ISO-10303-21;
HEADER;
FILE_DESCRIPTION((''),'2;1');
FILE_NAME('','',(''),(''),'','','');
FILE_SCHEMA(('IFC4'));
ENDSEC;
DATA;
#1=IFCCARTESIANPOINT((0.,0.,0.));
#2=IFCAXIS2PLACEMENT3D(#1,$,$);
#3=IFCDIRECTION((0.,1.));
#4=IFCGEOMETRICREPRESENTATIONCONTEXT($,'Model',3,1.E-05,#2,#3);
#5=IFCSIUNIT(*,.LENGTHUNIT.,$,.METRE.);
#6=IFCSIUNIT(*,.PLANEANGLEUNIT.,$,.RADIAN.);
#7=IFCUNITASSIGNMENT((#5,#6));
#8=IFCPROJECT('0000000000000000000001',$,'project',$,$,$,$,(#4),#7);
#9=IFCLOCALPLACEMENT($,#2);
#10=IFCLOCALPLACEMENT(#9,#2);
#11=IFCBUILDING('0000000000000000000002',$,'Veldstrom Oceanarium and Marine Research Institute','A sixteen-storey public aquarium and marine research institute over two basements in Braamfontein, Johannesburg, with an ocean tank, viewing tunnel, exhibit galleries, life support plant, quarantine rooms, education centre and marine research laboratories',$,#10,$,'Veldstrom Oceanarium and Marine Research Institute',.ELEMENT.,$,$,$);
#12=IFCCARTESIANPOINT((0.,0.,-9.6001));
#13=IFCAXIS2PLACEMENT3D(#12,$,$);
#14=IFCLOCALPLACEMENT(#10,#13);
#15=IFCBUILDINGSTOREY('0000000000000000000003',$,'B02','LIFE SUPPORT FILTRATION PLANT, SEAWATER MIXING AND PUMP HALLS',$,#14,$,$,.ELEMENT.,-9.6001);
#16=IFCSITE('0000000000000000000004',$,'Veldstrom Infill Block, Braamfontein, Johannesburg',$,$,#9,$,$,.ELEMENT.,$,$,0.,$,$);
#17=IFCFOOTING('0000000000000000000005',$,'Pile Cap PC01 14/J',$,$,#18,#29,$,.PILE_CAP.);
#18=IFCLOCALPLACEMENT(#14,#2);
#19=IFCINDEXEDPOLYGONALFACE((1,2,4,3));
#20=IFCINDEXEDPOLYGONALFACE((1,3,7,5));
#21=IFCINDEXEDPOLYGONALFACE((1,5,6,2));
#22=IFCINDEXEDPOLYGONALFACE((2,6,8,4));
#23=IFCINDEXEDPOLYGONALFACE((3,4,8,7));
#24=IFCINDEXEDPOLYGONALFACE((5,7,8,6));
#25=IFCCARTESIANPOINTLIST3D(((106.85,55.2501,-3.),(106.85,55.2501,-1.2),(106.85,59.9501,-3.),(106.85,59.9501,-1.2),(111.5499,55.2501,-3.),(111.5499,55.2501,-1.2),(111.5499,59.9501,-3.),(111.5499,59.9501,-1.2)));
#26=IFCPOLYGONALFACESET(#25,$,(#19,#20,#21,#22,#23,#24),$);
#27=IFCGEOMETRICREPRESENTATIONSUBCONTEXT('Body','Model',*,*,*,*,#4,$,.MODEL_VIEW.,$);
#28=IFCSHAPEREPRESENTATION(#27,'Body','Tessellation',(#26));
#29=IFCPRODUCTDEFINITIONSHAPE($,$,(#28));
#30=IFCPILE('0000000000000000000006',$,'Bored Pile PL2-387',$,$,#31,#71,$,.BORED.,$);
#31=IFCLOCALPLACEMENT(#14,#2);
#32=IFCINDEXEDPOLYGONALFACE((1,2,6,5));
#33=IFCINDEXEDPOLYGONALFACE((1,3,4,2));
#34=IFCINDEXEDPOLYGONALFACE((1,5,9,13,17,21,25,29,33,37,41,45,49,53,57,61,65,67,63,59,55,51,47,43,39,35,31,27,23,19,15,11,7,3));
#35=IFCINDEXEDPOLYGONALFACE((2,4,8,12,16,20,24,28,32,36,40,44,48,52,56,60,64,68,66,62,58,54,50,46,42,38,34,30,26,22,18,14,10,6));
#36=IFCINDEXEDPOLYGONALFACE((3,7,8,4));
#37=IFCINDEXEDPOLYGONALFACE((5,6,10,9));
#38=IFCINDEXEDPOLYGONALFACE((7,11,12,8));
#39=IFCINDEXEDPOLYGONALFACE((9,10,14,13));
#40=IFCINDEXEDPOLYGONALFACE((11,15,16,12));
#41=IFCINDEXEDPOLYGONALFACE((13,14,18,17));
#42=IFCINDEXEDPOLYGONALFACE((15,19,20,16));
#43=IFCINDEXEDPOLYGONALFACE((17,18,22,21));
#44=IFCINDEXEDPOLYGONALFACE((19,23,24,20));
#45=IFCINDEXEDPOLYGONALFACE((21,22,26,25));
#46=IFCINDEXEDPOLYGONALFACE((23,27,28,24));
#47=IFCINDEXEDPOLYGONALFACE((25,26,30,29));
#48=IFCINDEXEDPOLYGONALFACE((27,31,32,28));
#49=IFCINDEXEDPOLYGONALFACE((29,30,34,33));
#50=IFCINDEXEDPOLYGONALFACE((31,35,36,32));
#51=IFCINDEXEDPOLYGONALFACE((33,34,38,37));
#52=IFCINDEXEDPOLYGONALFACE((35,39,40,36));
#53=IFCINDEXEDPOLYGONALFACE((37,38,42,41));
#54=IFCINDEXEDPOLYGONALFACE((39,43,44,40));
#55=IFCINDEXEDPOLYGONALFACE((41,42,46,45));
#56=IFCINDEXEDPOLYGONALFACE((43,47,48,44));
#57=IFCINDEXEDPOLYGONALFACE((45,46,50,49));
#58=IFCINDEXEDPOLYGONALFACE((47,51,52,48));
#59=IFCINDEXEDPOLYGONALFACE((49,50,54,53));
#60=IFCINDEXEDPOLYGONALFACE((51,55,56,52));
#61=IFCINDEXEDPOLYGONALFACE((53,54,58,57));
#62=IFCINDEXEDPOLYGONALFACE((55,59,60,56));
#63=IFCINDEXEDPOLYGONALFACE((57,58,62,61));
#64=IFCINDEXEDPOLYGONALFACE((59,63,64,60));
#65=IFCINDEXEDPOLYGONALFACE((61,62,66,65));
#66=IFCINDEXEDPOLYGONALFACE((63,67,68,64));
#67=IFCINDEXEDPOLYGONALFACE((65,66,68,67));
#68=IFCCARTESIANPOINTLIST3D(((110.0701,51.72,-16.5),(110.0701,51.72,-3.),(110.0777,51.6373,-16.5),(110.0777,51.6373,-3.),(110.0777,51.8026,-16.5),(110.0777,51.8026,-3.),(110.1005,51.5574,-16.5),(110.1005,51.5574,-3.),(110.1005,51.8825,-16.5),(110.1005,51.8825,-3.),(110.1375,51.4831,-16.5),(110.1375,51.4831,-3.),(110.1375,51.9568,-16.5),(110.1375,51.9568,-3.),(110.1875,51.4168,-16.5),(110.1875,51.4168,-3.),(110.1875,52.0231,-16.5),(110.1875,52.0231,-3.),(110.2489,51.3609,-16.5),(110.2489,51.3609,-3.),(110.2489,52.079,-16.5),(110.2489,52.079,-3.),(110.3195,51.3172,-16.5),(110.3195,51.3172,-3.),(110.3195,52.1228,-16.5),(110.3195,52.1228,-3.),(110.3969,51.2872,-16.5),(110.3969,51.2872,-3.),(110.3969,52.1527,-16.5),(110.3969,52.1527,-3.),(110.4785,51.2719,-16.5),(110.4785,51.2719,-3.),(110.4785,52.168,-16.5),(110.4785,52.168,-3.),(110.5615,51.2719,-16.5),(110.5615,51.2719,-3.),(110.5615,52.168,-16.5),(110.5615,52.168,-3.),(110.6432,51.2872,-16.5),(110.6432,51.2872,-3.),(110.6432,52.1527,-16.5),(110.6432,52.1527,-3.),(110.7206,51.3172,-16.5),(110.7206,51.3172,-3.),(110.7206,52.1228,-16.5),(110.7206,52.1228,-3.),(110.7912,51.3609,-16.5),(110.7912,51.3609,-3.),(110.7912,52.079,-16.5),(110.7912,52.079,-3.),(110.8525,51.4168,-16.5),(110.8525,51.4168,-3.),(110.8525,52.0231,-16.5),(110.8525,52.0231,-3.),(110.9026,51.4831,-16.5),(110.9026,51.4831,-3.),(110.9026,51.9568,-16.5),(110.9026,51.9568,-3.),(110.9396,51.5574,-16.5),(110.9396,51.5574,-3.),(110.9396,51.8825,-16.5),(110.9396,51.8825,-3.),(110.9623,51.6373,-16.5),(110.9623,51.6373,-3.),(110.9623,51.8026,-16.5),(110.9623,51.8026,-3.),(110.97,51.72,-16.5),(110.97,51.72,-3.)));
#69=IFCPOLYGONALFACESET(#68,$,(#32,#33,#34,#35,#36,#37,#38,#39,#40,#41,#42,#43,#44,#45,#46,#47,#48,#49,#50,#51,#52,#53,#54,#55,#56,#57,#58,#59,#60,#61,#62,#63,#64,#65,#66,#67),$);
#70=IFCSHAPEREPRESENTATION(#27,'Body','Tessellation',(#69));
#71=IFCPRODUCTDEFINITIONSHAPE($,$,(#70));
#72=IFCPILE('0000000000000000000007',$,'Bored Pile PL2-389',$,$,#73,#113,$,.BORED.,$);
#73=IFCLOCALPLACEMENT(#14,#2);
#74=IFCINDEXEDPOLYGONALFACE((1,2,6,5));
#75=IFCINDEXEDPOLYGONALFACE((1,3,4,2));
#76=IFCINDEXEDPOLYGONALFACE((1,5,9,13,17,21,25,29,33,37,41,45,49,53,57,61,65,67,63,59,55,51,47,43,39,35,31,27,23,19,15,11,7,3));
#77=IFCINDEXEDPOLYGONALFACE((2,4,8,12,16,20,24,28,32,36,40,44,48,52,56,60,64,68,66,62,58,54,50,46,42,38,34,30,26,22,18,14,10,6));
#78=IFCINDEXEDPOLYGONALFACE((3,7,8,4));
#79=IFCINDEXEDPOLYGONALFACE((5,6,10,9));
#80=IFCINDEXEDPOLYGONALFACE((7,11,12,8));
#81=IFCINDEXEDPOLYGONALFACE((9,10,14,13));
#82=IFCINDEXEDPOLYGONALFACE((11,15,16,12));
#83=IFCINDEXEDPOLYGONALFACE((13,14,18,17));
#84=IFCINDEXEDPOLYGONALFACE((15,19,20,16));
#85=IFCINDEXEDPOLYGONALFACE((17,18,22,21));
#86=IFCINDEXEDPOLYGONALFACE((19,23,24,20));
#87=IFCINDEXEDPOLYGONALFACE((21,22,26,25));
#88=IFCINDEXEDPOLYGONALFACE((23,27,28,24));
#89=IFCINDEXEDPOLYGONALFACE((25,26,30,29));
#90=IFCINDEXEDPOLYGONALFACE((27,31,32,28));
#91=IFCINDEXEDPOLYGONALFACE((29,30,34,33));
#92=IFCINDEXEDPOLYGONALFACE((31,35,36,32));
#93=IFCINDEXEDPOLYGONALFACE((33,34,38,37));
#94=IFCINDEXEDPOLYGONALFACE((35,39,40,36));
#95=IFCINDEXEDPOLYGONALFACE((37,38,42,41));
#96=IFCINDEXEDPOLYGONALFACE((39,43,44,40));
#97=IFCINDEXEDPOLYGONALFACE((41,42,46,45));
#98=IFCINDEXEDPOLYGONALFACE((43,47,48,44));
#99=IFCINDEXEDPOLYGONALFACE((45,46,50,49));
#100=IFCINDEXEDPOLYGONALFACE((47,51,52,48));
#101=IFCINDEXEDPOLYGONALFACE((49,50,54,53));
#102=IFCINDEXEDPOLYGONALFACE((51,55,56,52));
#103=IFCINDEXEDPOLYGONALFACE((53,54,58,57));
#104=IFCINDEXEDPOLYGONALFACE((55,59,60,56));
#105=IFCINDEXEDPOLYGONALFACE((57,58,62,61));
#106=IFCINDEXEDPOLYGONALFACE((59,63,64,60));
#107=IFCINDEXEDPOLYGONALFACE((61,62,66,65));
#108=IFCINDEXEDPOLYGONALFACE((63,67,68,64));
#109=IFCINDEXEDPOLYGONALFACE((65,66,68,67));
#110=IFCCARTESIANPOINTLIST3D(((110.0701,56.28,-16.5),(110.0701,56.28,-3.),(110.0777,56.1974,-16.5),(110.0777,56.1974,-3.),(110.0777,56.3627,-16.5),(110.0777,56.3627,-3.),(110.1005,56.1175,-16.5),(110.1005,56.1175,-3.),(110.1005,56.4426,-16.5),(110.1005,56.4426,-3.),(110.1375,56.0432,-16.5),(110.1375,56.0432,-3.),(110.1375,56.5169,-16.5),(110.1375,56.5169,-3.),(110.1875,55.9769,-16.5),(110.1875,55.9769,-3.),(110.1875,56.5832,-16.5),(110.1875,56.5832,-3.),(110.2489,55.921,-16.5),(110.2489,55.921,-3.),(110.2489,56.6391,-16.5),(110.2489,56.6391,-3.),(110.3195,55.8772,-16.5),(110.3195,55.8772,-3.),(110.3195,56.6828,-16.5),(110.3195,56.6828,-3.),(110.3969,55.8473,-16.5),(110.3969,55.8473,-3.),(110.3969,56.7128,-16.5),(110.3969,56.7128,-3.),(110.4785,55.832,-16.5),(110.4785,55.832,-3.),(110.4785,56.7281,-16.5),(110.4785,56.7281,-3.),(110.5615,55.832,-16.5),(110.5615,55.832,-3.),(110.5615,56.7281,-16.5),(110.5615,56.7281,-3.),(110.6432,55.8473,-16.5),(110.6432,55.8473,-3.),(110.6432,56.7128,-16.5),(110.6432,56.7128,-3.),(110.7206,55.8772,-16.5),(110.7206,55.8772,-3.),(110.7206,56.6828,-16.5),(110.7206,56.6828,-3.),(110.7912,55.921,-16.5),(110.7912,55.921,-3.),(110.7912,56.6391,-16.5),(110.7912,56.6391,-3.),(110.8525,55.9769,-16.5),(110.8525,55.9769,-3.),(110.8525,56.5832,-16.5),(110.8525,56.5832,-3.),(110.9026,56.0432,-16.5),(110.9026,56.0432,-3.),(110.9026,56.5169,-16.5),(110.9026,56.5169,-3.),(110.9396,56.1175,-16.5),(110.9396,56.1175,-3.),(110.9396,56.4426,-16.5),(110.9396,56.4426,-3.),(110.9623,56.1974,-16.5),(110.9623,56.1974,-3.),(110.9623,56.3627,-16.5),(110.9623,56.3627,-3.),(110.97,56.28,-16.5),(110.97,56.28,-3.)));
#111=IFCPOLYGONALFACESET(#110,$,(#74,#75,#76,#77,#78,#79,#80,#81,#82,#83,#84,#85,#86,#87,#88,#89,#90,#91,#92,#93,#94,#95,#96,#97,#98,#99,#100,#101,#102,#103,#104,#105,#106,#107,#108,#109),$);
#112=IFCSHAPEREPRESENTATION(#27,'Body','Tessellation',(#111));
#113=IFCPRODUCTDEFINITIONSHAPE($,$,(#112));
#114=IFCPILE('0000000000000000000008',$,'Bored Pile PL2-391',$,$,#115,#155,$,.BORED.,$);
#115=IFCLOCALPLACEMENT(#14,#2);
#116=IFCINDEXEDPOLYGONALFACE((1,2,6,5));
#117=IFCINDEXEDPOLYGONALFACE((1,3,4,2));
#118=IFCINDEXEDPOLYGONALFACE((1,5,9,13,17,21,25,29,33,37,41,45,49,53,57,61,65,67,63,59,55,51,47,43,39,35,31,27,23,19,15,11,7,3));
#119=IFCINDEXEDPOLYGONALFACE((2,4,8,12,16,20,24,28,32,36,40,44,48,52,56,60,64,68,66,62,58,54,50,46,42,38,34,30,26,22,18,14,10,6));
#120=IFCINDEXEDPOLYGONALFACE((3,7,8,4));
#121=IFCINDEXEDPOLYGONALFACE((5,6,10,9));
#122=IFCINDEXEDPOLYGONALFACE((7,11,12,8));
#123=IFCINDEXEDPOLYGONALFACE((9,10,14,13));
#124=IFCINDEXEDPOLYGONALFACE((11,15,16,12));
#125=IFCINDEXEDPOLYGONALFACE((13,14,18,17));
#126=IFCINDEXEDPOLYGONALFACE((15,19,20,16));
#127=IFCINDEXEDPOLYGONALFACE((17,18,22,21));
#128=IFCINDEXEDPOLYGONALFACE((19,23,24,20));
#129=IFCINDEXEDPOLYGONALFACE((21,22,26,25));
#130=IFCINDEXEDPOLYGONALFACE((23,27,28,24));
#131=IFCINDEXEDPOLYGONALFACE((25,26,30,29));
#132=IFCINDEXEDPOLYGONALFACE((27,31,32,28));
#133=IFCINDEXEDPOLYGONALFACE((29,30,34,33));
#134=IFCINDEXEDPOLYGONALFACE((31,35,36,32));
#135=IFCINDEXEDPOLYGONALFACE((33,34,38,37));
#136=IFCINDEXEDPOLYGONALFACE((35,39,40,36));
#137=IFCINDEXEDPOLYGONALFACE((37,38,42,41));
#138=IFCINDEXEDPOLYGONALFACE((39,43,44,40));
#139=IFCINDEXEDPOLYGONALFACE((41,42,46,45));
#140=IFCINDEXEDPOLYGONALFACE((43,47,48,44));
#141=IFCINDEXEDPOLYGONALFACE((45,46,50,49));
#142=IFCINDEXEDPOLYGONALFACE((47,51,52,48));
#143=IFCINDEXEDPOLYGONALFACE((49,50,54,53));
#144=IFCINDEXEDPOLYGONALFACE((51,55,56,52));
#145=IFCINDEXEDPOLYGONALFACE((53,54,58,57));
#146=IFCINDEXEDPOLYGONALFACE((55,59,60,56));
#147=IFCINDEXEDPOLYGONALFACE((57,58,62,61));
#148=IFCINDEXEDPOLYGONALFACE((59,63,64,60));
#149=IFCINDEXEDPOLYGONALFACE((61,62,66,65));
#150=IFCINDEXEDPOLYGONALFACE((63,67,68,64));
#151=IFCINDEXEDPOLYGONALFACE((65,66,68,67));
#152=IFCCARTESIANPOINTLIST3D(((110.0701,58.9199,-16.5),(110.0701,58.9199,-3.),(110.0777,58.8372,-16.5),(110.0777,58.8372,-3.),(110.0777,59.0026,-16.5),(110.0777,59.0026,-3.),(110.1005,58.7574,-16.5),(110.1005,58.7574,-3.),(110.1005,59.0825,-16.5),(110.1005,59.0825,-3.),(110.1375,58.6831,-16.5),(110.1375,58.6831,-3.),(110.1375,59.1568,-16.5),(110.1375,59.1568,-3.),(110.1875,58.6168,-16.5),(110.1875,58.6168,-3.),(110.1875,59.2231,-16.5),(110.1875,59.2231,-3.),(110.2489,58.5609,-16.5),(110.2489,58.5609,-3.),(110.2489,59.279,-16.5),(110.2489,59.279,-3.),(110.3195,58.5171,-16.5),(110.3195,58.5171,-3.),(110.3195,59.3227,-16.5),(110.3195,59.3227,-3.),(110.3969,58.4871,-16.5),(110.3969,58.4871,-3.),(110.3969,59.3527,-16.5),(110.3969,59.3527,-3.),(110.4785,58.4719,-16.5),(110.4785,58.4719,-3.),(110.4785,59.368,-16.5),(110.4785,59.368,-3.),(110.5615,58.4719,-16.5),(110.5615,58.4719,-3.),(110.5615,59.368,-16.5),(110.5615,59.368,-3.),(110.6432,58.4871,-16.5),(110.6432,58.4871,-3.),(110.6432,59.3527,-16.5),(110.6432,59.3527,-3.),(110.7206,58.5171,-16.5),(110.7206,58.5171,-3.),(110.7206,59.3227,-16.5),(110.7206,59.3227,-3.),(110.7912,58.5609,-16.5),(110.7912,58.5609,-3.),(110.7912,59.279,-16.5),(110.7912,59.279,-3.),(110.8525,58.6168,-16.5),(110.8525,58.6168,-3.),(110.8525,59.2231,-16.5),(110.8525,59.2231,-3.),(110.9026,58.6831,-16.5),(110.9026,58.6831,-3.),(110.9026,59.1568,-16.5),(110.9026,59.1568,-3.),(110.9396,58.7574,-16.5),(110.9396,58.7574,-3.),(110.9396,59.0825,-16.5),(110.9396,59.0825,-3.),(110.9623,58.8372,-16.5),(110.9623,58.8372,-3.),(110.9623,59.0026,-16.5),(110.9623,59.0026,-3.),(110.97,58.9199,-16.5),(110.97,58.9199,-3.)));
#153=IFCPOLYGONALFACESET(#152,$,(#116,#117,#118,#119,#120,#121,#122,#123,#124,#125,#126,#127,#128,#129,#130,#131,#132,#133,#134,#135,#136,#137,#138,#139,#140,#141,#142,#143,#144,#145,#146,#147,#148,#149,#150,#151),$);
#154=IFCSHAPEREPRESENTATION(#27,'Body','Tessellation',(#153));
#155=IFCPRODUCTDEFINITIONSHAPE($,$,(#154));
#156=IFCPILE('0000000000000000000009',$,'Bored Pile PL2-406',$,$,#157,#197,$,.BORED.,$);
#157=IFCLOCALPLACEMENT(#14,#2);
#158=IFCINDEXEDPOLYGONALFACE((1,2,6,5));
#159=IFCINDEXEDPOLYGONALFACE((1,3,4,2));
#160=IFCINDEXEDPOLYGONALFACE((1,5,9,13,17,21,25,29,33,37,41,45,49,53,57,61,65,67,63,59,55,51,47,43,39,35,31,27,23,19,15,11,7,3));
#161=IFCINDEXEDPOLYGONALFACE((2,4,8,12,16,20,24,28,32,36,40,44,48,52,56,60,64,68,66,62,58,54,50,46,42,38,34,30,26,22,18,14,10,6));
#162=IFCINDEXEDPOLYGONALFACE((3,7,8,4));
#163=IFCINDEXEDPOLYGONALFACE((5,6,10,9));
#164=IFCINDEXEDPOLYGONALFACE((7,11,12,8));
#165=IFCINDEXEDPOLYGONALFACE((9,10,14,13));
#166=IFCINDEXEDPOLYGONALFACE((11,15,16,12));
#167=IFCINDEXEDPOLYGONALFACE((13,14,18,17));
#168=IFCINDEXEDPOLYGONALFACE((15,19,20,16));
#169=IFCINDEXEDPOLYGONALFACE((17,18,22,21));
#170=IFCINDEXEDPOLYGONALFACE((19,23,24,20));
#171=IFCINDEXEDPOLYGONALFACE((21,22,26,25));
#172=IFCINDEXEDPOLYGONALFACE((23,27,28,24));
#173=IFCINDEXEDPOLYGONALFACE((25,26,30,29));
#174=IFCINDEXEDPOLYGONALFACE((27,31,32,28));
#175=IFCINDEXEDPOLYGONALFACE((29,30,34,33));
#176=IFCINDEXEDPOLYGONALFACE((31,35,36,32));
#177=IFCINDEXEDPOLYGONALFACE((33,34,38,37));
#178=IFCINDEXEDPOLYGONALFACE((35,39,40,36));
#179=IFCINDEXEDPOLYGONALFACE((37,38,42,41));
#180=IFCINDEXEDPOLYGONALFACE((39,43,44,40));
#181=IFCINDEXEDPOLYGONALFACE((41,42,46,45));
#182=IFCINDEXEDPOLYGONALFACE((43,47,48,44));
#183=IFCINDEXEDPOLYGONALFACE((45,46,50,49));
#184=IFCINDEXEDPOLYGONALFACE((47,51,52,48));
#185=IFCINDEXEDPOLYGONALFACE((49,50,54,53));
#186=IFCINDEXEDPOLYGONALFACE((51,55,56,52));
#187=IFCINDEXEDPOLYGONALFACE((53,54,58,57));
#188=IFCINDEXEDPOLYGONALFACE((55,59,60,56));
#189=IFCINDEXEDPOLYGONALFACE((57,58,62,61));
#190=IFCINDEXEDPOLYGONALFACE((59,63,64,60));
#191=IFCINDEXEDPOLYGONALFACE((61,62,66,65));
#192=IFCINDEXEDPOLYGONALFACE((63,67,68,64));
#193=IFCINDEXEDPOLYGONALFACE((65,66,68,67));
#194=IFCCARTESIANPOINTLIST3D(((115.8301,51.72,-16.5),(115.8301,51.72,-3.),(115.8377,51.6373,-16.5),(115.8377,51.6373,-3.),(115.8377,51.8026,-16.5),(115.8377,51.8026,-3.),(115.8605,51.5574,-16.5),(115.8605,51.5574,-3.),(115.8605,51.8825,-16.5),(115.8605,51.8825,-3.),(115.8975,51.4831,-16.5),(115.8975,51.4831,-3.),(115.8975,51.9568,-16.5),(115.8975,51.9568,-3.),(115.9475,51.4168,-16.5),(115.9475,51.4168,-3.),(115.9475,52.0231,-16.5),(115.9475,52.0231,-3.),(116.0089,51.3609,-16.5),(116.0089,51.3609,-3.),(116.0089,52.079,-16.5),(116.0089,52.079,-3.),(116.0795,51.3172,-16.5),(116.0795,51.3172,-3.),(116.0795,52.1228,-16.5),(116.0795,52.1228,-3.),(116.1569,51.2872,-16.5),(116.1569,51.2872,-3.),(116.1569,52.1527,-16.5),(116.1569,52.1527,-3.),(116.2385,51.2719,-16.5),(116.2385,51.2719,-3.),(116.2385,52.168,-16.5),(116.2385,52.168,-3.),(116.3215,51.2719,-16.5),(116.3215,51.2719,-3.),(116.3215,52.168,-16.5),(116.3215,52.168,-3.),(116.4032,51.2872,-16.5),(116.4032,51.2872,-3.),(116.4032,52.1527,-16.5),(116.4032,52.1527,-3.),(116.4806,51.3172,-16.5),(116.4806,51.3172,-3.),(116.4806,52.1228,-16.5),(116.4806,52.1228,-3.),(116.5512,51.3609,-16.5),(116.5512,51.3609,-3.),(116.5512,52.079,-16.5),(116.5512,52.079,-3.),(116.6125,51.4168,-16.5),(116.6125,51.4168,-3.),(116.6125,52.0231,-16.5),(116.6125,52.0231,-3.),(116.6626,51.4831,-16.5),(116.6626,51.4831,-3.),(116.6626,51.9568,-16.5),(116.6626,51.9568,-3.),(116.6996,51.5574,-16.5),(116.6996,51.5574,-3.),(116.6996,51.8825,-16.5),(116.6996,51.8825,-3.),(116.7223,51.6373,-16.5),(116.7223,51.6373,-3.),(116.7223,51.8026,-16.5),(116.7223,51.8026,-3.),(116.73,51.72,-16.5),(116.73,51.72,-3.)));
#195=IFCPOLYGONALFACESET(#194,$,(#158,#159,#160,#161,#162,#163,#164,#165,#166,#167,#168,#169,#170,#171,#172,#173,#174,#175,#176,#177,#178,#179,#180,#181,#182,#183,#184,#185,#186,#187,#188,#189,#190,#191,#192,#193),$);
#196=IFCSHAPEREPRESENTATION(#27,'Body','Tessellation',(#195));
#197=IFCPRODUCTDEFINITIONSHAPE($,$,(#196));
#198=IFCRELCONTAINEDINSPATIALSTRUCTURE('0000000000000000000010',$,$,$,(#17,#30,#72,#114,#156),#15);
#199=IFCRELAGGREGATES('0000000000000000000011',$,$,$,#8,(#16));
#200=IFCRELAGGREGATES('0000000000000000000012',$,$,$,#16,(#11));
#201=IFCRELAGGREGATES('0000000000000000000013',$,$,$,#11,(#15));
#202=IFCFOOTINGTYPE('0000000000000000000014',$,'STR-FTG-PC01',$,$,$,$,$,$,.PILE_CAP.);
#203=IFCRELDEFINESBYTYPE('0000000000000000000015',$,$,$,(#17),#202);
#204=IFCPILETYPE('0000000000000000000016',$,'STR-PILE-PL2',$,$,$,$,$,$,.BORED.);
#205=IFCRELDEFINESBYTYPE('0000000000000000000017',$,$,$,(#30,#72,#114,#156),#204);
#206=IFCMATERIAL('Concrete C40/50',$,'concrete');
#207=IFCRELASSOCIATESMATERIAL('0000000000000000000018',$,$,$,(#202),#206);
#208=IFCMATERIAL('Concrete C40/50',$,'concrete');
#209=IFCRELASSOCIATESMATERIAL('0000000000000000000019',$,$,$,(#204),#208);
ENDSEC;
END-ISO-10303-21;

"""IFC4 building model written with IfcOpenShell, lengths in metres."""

from ifc_helpers import new_model, si_unit, direction, frame, origin, origin_2d, place, context, subcontext, project, spatial, rectangle, circle, extrude, material, material_profile, profile_set, type_object, element, save


model = new_model("IFC4")

# Units and contexts
model_context = context("Model", 3, precision=1e-05, world=origin(), true_north=direction((0.0, 1.0)))
body_context = subcontext(model_context, "Body", "Model", "MODEL_VIEW")
ifc_project = project(units=[si_unit("LENGTHUNIT", "METRE"), si_unit("PLANEANGLEUNIT", "RADIAN")], contexts=[model_context])

# Site, building, storey
site_placement = place(None, origin())
site = spatial("IfcSite", under=ifc_project, at=site_placement, Name="Veldstrom Infill Block, Braamfontein, Johannesburg", CompositionType="ELEMENT", RefElevation=0.0)
building_placement = place(site_placement, origin())
building = spatial("IfcBuilding", under=site, at=building_placement, Name="Veldstrom Oceanarium and Marine Research Institute", Description="A sixteen-storey public aquarium and marine research institute over two basements in Braamfontein, Johannesburg, with an ocean tank, viewing tunnel, exhibit galleries, life support plant, quarantine rooms, education centre and marine research laboratories", LongName="Veldstrom Oceanarium and Marine Research Institute", CompositionType="ELEMENT")
storey_placement = place(building_placement, frame((0.0, 0.0, -9.6001)))
storey = spatial("IfcBuildingStorey", under=building, at=storey_placement, Name="B02", Description="LIFE SUPPORT FILTRATION PLANT, SEAWATER MIXING AND PUMP HALLS", CompositionType="ELEMENT", Elevation=-9.6001)

# Footing
ifc_material_1 = material(Name="Concrete C40/50", Category="concrete")
footing_type = type_object("IfcFootingType", Name="STR-FTG-PC01", PredefinedType="PILE_CAP", material=ifc_material_1)
footing_placement = place(storey_placement, frame((109.2, 57.6001, -3.0), z_axis=(0.0, 0.0, 1.0), x_axis=(1.0, 0.0, 0.0)))
element("IfcFooting", 1, at=footing_placement, inside=storey, type_object=footing_type, Name="Pile Cap PC01 14/J", PredefinedType="PILE_CAP", context=body_context, shape_type="SweptSolid", body=[
    extrude(rectangle(XDim=4.7, YDim=4.7, at=origin_2d()), origin(), (0.0, 0.0, 1.0), 1.8),
])

# Piles
ifc_material_2 = material(Name="Concrete C40/50", Category="concrete")
ifc_material_profile_1 = material_profile(ifc_material_2, circle(Radius=0.45, at=origin_2d()), Name="PILE-D900")
ifc_profile_set_1 = profile_set([ifc_material_profile_1], Name="Concrete C40/50")
pile_type = type_object("IfcPileType", Name="STR-PILE-PL2", PredefinedType="BORED", material=ifc_profile_set_1)
for number, where, z_axis, x_axis, name in (
    (2, (110.52, 51.72, -3.0), (0.0, 0.0, -1.0), (1.0, 0.0, 0.0), "Bored Pile PL2-387"),
    (3, (110.52, 56.28, -3.0), (0.0, 0.0, -1.0), (1.0, 0.0, 0.0), "Bored Pile PL2-389"),
    (4, (110.52, 58.9199, -3.0), (0.0, 0.0, -1.0), (1.0, 0.0, 0.0), "Bored Pile PL2-391"),
    (5, (116.28, 51.72, -3.0), (0.0, 0.0, -1.0), (1.0, 0.0, 0.0), "Bored Pile PL2-406"),
):
    element("IfcPile", number, at=place(storey_placement, frame(where, z_axis=z_axis, x_axis=x_axis)), inside=storey, type_object=pile_type, Name=name, PredefinedType="BORED", context=body_context, shape_type="SweptSolid", body=[
        extrude(circle(Radius=0.45, at=origin_2d()), origin(), (0.0, 0.0, 1.0), 13.5),
    ])

save(model, "model.ifc")
